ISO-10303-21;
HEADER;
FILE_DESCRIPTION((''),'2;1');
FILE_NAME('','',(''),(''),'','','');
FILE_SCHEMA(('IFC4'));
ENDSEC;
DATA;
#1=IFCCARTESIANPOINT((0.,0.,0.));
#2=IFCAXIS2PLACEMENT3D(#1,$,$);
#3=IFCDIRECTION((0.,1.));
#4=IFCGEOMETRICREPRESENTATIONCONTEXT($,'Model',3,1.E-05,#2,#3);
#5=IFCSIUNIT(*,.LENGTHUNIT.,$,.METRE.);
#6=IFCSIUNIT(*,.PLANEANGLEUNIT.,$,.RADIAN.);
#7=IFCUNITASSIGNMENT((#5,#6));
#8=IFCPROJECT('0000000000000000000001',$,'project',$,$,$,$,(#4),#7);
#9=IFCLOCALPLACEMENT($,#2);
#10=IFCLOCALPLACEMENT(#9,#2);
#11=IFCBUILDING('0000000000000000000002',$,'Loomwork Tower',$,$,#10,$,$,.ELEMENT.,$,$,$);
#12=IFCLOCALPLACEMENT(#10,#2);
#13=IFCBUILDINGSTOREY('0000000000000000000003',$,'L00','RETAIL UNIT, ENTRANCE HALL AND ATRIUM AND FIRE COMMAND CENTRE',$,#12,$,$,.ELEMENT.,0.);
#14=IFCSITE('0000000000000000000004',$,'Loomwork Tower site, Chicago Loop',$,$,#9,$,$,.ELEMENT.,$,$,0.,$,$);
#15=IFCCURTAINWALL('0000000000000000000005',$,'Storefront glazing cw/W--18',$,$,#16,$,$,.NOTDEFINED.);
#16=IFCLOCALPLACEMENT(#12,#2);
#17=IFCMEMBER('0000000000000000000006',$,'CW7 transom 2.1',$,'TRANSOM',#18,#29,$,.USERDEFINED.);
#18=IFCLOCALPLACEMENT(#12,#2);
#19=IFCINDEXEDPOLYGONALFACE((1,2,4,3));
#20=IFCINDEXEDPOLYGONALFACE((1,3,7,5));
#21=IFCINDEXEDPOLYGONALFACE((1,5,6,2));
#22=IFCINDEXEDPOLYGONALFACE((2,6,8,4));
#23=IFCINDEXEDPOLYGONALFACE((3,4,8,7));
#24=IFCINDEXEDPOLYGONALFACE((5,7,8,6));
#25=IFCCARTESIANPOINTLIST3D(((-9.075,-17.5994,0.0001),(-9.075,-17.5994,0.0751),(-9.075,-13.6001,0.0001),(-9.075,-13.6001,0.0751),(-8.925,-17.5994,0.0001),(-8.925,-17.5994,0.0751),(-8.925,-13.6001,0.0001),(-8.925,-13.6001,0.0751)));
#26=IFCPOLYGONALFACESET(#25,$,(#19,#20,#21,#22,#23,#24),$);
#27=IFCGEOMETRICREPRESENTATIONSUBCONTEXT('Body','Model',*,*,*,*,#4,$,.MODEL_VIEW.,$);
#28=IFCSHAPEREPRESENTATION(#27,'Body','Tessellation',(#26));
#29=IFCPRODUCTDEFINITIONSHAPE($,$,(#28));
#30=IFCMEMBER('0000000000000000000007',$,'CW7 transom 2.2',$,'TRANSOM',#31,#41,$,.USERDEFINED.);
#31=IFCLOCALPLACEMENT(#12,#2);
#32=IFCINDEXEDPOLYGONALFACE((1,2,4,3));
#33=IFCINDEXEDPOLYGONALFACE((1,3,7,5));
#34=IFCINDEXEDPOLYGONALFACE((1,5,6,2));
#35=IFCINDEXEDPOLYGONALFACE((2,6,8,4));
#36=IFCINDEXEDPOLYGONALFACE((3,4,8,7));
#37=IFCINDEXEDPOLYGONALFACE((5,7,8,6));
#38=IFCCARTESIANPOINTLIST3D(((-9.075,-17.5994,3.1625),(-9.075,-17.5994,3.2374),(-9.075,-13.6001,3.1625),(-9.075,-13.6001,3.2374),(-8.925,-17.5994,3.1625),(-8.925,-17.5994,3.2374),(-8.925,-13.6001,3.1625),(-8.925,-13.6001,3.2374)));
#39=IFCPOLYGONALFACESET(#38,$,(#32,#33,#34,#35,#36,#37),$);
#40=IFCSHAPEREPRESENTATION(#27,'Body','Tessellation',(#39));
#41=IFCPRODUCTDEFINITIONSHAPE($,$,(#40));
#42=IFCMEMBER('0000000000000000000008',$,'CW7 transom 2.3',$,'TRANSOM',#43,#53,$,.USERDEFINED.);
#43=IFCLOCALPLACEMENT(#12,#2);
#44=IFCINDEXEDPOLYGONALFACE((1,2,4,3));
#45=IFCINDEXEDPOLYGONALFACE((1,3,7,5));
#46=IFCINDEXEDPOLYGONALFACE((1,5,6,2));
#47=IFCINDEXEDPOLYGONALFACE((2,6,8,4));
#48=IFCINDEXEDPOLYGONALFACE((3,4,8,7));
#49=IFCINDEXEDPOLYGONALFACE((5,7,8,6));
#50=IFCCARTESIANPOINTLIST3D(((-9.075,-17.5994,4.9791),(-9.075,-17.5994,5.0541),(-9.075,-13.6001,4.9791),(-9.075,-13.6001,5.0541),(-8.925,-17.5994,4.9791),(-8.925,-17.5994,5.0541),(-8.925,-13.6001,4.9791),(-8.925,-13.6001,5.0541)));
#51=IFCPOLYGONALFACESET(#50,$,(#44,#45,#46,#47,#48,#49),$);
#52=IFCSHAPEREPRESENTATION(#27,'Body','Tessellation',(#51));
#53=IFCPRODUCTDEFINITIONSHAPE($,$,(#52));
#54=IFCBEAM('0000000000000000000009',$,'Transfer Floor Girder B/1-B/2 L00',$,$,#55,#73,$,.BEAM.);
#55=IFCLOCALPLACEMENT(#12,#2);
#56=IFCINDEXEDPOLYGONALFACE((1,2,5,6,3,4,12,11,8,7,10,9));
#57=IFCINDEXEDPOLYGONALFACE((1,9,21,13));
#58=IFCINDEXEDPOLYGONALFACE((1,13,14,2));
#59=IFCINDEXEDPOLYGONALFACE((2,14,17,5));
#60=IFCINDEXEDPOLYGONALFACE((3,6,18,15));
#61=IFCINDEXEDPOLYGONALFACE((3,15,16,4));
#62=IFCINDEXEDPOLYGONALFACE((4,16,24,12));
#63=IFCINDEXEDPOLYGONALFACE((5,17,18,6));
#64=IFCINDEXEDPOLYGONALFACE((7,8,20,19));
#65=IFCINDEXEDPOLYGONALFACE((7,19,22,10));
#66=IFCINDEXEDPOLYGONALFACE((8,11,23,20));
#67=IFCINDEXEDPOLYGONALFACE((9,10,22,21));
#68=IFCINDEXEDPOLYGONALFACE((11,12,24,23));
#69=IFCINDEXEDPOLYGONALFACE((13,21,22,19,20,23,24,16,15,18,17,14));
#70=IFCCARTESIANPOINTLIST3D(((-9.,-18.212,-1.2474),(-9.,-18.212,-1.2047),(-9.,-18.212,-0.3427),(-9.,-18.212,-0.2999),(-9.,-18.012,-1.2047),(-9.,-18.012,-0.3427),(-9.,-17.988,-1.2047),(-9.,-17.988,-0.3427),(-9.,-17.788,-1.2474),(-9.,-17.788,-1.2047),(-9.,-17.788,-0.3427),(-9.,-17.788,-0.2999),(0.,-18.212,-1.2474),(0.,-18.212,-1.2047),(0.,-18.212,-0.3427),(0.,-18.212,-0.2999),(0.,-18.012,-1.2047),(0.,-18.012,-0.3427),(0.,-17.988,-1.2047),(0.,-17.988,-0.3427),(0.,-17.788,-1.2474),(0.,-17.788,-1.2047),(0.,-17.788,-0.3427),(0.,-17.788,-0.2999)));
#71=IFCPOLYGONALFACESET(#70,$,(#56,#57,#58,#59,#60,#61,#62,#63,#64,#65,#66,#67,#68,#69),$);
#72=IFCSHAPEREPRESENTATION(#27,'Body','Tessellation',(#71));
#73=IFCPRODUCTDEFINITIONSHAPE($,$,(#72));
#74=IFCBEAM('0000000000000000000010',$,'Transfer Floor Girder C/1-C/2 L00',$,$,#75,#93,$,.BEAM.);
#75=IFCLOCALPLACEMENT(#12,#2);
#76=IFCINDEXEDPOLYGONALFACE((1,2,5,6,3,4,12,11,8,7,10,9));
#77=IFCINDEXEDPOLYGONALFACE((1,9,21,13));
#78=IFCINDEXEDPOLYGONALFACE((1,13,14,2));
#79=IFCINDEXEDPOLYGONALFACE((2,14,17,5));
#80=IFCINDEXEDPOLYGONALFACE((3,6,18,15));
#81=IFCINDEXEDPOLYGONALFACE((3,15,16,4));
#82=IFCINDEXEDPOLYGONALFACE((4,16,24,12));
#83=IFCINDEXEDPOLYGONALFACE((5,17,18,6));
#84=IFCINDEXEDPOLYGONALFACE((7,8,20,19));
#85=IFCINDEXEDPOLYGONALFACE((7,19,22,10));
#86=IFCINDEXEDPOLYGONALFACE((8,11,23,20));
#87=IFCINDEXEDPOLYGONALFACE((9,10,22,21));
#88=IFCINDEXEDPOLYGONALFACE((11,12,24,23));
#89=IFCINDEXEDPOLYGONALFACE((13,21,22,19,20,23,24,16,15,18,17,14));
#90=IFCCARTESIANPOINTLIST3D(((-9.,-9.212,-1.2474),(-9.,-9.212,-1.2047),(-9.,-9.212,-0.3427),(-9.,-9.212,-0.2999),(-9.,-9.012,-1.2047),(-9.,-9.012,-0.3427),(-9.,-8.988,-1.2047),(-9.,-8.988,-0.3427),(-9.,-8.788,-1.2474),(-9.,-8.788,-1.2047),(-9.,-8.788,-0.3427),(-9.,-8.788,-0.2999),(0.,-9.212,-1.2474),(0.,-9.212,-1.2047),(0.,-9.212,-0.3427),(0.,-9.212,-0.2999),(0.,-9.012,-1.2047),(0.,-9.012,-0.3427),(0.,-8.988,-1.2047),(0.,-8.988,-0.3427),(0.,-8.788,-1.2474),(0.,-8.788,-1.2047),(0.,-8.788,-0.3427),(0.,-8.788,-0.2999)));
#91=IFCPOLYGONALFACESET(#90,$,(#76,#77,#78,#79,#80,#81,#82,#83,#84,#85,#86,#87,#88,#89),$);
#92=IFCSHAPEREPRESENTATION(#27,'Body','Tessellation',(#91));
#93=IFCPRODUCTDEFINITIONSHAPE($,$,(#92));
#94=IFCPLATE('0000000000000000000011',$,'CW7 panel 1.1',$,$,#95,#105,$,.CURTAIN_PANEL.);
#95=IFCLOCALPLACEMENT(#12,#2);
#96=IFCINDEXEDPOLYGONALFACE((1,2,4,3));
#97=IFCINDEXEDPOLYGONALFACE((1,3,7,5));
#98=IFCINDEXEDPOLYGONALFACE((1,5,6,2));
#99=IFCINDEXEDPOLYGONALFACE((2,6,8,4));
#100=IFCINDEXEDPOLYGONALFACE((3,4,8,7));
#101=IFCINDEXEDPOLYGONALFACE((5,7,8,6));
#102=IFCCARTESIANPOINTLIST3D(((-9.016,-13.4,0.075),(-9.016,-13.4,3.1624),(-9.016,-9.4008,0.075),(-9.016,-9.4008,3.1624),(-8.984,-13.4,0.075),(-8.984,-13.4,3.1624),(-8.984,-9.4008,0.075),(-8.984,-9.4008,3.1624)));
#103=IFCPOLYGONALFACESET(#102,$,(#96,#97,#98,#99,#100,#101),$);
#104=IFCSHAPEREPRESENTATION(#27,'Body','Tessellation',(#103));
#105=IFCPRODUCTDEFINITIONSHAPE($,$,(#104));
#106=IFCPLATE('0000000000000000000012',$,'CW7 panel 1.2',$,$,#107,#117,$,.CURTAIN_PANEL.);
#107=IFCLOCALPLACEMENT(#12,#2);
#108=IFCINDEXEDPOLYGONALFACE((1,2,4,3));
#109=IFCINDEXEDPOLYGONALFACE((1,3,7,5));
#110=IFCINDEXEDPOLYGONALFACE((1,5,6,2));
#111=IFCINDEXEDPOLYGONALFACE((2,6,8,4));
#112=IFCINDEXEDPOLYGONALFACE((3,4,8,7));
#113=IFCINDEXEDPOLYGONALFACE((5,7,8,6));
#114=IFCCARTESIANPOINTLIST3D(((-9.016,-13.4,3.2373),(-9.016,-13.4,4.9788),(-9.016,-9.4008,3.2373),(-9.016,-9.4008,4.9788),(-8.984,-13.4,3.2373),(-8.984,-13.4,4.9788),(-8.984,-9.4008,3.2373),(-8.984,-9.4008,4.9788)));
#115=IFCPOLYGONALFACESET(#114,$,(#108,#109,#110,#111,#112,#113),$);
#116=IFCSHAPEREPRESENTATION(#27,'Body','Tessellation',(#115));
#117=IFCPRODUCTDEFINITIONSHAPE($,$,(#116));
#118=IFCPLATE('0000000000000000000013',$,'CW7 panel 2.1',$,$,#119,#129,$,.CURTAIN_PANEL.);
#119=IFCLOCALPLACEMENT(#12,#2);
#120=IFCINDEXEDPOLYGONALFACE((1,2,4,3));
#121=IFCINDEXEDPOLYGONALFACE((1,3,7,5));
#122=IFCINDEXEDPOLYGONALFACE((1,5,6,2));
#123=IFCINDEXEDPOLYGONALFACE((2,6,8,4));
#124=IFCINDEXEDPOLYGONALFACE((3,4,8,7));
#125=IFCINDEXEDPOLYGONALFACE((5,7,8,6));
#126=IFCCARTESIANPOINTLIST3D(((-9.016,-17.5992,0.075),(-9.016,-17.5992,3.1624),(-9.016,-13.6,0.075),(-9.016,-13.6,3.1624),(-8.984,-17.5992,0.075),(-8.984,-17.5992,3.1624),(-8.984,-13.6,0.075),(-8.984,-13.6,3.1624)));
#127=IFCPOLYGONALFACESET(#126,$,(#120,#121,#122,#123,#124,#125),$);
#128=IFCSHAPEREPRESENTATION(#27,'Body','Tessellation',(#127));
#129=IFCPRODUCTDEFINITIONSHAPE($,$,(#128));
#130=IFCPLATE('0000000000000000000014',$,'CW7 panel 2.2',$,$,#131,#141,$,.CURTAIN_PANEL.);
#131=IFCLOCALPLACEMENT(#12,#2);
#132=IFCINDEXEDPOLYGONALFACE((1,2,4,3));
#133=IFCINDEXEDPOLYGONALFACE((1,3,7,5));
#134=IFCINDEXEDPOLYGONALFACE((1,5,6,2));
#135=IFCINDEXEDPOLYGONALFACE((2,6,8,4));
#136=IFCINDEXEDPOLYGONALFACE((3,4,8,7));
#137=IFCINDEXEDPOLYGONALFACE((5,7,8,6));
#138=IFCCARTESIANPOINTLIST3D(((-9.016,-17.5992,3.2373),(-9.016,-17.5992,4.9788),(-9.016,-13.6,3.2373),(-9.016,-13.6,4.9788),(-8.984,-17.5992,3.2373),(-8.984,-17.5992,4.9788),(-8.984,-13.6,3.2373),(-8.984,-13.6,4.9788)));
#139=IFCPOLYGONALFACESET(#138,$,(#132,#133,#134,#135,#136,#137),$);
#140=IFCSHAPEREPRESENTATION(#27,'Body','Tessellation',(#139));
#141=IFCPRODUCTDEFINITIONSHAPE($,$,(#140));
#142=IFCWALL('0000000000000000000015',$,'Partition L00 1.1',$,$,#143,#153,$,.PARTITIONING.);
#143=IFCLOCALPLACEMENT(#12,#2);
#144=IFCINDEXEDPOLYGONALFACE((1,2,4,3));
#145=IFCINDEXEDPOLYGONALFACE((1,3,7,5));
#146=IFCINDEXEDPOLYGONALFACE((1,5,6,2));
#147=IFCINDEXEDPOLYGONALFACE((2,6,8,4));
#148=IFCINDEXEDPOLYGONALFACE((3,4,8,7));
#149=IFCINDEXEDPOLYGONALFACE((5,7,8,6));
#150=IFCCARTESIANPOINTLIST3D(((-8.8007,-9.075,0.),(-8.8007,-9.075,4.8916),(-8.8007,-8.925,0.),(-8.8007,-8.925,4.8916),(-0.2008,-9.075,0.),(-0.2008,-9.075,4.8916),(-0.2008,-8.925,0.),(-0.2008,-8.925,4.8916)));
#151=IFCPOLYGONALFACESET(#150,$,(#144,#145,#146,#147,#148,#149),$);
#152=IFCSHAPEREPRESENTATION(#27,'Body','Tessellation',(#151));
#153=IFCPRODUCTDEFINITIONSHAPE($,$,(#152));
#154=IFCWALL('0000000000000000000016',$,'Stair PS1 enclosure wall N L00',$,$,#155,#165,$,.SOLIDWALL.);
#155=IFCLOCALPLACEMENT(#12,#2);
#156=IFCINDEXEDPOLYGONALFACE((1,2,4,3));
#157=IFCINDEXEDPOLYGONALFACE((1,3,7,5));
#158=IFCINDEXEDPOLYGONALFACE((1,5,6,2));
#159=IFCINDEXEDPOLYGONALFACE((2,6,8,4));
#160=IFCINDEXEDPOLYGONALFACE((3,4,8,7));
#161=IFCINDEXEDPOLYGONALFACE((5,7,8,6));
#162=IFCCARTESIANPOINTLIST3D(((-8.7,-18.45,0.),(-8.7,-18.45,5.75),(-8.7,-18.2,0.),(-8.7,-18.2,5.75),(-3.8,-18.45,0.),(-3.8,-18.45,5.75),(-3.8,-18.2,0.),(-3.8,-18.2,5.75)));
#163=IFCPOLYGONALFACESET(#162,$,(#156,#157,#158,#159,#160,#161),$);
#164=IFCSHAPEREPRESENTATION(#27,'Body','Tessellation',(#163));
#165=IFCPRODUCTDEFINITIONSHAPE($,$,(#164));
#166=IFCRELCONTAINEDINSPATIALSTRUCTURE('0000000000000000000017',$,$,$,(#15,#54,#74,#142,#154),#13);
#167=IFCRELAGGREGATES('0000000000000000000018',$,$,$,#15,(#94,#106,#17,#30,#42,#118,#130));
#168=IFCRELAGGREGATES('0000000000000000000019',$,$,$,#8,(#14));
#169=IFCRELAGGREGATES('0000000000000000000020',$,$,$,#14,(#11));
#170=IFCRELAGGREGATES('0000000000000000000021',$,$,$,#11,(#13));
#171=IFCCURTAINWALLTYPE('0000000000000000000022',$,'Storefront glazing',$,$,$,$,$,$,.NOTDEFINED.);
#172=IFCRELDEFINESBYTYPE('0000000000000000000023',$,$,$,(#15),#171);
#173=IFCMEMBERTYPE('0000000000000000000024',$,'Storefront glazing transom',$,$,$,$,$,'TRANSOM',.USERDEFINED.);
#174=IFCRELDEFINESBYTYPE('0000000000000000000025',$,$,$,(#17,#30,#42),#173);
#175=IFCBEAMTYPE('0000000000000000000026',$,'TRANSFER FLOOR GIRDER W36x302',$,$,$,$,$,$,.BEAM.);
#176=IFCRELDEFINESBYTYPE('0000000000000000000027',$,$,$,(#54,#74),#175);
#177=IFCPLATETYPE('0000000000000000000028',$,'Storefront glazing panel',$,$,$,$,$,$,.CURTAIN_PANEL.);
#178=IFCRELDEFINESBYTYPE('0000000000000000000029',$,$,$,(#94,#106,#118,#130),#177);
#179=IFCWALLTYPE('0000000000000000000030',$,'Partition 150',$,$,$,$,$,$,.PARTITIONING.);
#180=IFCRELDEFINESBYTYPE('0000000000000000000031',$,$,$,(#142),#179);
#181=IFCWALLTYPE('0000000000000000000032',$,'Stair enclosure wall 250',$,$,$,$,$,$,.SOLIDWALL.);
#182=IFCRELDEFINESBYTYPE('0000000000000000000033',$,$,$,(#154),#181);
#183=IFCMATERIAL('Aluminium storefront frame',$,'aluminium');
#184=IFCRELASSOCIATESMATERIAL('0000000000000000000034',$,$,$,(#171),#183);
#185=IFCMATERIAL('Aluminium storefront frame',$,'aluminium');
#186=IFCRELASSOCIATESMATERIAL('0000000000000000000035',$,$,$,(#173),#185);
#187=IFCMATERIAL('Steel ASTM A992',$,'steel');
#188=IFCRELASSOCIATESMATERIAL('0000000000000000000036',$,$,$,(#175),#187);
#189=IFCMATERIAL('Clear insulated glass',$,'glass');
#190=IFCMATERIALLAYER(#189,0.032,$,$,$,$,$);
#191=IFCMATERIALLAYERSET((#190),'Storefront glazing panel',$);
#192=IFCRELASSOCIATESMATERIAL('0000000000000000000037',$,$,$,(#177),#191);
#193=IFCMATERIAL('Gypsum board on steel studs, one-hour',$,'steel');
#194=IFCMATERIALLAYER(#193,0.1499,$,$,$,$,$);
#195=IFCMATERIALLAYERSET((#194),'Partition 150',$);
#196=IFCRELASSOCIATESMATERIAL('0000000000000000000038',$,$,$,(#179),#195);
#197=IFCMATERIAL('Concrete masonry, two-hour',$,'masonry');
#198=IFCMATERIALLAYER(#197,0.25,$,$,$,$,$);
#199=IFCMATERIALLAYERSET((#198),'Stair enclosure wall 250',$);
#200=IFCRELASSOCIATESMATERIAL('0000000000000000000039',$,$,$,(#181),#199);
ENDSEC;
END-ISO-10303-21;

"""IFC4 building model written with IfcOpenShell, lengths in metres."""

from ifc_helpers import new_model, si_unit, direction, frame, frame_2d, origin, origin_2d, place, context, subcontext, project, spatial, rectangle, i_section, extrude, material, layer, layer_set, material_profile, profile_set, type_object, element, aggregate, save


model = new_model("IFC4")

# Units and contexts
model_context = context("Model", 3, precision=1e-05, world=origin(), true_north=direction((0.0, 1.0)))
body_context = subcontext(model_context, "Body", "Model", "MODEL_VIEW")
ifc_project = project(units=[si_unit("LENGTHUNIT", "METRE"), si_unit("PLANEANGLEUNIT", "RADIAN")], contexts=[model_context])

# Site, building, storey
site_placement = place(None, origin())
site = spatial("IfcSite", under=ifc_project, at=site_placement, Name="Loomwork Tower site, Chicago Loop", CompositionType="ELEMENT", RefElevation=0.0)
building_placement = place(site_placement, origin())
building = spatial("IfcBuilding", under=site, at=building_placement, Name="Loomwork Tower", CompositionType="ELEMENT")
storey_placement = place(building_placement, origin())
storey = spatial("IfcBuildingStorey", under=building, at=storey_placement, Name="L00", Description="RETAIL UNIT, ENTRANCE HALL AND ATRIUM AND FIRE COMMAND CENTRE", CompositionType="ELEMENT", Elevation=0.0)

# Curtain wall, members
ifc_material_1 = material(Name="Aluminium storefront frame", Category="aluminium")
curtain_wall_type = type_object("IfcCurtainWallType", Name="Storefront glazing", PredefinedType="NOTDEFINED", material=ifc_material_1)
curtain_wall_placement = place(storey_placement, origin())
curtain_wall = element("IfcCurtainWall", 1, at=curtain_wall_placement, inside=storey, type_object=curtain_wall_type, Name="Storefront glazing cw/W--18", PredefinedType="NOTDEFINED")
ifc_material_2 = material(Name="Aluminium storefront frame", Category="aluminium")
ifc_material_profile_1 = material_profile(ifc_material_2, rectangle(XDim=0.1499, YDim=0.075, at=origin_2d()), Name="AL 75x150")
ifc_profile_set_1 = profile_set([ifc_material_profile_1], Name="Aluminium storefront frame")
member_type_1 = type_object("IfcMemberType", Name="Storefront glazing transom", ElementType="TRANSOM", PredefinedType="USERDEFINED", material=ifc_profile_set_1)
member_1_placement = place(storey_placement, frame((-9.0, -13.6001, 0.0376), z_axis=(0.0, -1.0, 0.0), x_axis=(1.0, 0.0, 0.0)))
member_1 = element("IfcMember", 2, at=member_1_placement, type_object=member_type_1, Name="CW7 transom 2.1", ObjectType="TRANSOM", PredefinedType="USERDEFINED", context=body_context, shape_type="SweptSolid", body=[
    extrude(rectangle(XDim=0.1499, YDim=0.075, at=origin_2d()), origin(), (0.0, 0.0, 1.0), 3.9993),
])
member_2_placement = place(storey_placement, frame((-9.0, -13.6001, 3.2), z_axis=(0.0, -1.0, 0.0), x_axis=(1.0, 0.0, 0.0)))
member_2 = element("IfcMember", 3, at=member_2_placement, type_object=member_type_1, Name="CW7 transom 2.2", ObjectType="TRANSOM", PredefinedType="USERDEFINED", context=body_context, shape_type="SweptSolid", body=[
    extrude(rectangle(XDim=0.1499, YDim=0.075, at=origin_2d()), origin(), (0.0, 0.0, 1.0), 3.9993),
])
member_3_placement = place(storey_placement, frame((-9.0, -13.6001, 5.0166), z_axis=(0.0, -1.0, 0.0), x_axis=(1.0, 0.0, 0.0)))
member_3 = element("IfcMember", 4, at=member_3_placement, type_object=member_type_1, Name="CW7 transom 2.3", ObjectType="TRANSOM", PredefinedType="USERDEFINED", context=body_context, shape_type="SweptSolid", body=[
    extrude(rectangle(XDim=0.1499, YDim=0.075, at=origin_2d()), origin(), (0.0, 0.0, 1.0), 3.9993),
])

# Beams
ifc_material_3 = material(Name="Steel ASTM A992", Category="steel")
ifc_material_profile_2 = material_profile(ifc_material_3, i_section(OverallWidth=0.4241, OverallDepth=0.9475, WebThickness=0.0239, FlangeThickness=0.0427, at=origin_2d()), Name="W36x302")
ifc_profile_set_2 = profile_set([ifc_material_profile_2], Name="Steel ASTM A992")
beam_type_1 = type_object("IfcBeamType", Name="TRANSFER FLOOR GIRDER W36x302", PredefinedType="BEAM", material=ifc_profile_set_2)
for number, where, z_axis, x_axis, name in (
    (5, (-9.0, -18.0, -0.7737), (1.0, 0.0, 0.0), (0.0, 1.0, 0.0), "Transfer Floor Girder B/1-B/2 L00"),
    (6, (-9.0, -9.0, -0.7737), (1.0, 0.0, 0.0), (0.0, 1.0, 0.0), "Transfer Floor Girder C/1-C/2 L00"),
):
    element("IfcBeam", number, at=place(storey_placement, frame(where, z_axis=z_axis, x_axis=x_axis)), inside=storey, type_object=beam_type_1, Name=name, PredefinedType="BEAM", context=body_context, shape_type="SweptSolid", body=[
        extrude(i_section(OverallWidth=0.4241, OverallDepth=0.9475, WebThickness=0.0239, FlangeThickness=0.0427, at=origin_2d()), origin(), (0.0, 0.0, 1.0), 9.0),
    ])

# Plates
ifc_material_4 = material(Name="Clear insulated glass", Category="glass")
ifc_layer_1 = layer(ifc_material_4, 0.032)
ifc_layer_set_1 = layer_set([ifc_layer_1], Name="Storefront glazing panel")
plate_type = type_object("IfcPlateType", Name="Storefront glazing panel", PredefinedType="CURTAIN_PANEL", material=ifc_layer_set_1)
plate_1_placement = place(storey_placement, frame((-9.0, -11.4004, 0.075), z_axis=(0.0, 0.0, 1.0), x_axis=(0.0, -1.0, 0.0)))
plate_1 = element("IfcPlate", 7, at=plate_1_placement, type_object=plate_type, Name="CW7 panel 1.1", PredefinedType="CURTAIN_PANEL", context=body_context, shape_type="SweptSolid", body=[
    extrude(rectangle(XDim=3.9993, YDim=0.032, at=origin_2d()), origin(), (0.0, 0.0, 1.0), 3.0874),
])
plate_2_placement = place(storey_placement, frame((-9.0, -11.4004, 3.2373), z_axis=(0.0, 0.0, 1.0), x_axis=(0.0, -1.0, 0.0)))
plate_2 = element("IfcPlate", 8, at=plate_2_placement, type_object=plate_type, Name="CW7 panel 1.2", PredefinedType="CURTAIN_PANEL", context=body_context, shape_type="SweptSolid", body=[
    extrude(rectangle(XDim=3.9993, YDim=0.032, at=origin_2d()), origin(), (0.0, 0.0, 1.0), 1.7415),
])
plate_3_placement = place(storey_placement, frame((-9.0, -15.5996, 0.075), z_axis=(0.0, 0.0, 1.0), x_axis=(0.0, -1.0, 0.0)))
plate_3 = element("IfcPlate", 9, at=plate_3_placement, type_object=plate_type, Name="CW7 panel 2.1", PredefinedType="CURTAIN_PANEL", context=body_context, shape_type="SweptSolid", body=[
    extrude(rectangle(XDim=3.9993, YDim=0.032, at=origin_2d()), origin(), (0.0, 0.0, 1.0), 3.0874),
])
plate_4_placement = place(storey_placement, frame((-9.0, -15.5996, 3.2373), z_axis=(0.0, 0.0, 1.0), x_axis=(0.0, -1.0, 0.0)))
plate_4 = element("IfcPlate", 10, at=plate_4_placement, type_object=plate_type, Name="CW7 panel 2.2", PredefinedType="CURTAIN_PANEL", context=body_context, shape_type="SweptSolid", body=[
    extrude(rectangle(XDim=3.9993, YDim=0.032, at=origin_2d()), origin(), (0.0, 0.0, 1.0), 1.7415),
])
aggregate(curtain_wall, [plate_1, plate_2, member_1, member_2, member_3, plate_3, plate_4])

# Walls
ifc_material_5 = material(Name="Gypsum board on steel studs, one-hour", Category="steel")
ifc_layer_2 = layer(ifc_material_5, 0.1499)
ifc_layer_set_2 = layer_set([ifc_layer_2], Name="Partition 150")
wall_type_1 = type_object("IfcWallType", Name="Partition 150", PredefinedType="PARTITIONING", material=ifc_layer_set_2)
wall_1_placement = place(storey_placement, frame((-8.8005, -9.0, 0.0), z_axis=(0.0, 0.0, 1.0), x_axis=(1.0, 0.0, 0.0)))
element("IfcWall", 11, at=wall_1_placement, inside=storey, type_object=wall_type_1, Name="Partition L00 1.1", PredefinedType="PARTITIONING", context=body_context, shape_type="SweptSolid", body=[
    extrude(rectangle(XDim=8.5999, YDim=0.1499, at=frame_2d((4.2998, 0.0))), origin(), (0.0, 0.0, 1.0), 4.8916),
])
ifc_material_6 = material(Name="Concrete masonry, two-hour", Category="masonry")
ifc_layer_3 = layer(ifc_material_6, 0.25)
ifc_layer_set_3 = layer_set([ifc_layer_3], Name="Stair enclosure wall 250")
wall_type_2 = type_object("IfcWallType", Name="Stair enclosure wall 250", PredefinedType="SOLIDWALL", material=ifc_layer_set_3)
wall_2_placement = place(storey_placement, frame((-8.7, -18.325, 0.0), z_axis=(0.0, 0.0, 1.0), x_axis=(1.0, 0.0, 0.0)))
element("IfcWall", 12, at=wall_2_placement, inside=storey, type_object=wall_type_2, Name="Stair PS1 enclosure wall N L00", PredefinedType="SOLIDWALL", context=body_context, shape_type="SweptSolid", body=[
    extrude(rectangle(XDim=4.8999, YDim=0.25, at=frame_2d((2.45, 0.0))), origin(), (0.0, 0.0, 1.0), 5.75),
])

save(model, "model.ifc")
